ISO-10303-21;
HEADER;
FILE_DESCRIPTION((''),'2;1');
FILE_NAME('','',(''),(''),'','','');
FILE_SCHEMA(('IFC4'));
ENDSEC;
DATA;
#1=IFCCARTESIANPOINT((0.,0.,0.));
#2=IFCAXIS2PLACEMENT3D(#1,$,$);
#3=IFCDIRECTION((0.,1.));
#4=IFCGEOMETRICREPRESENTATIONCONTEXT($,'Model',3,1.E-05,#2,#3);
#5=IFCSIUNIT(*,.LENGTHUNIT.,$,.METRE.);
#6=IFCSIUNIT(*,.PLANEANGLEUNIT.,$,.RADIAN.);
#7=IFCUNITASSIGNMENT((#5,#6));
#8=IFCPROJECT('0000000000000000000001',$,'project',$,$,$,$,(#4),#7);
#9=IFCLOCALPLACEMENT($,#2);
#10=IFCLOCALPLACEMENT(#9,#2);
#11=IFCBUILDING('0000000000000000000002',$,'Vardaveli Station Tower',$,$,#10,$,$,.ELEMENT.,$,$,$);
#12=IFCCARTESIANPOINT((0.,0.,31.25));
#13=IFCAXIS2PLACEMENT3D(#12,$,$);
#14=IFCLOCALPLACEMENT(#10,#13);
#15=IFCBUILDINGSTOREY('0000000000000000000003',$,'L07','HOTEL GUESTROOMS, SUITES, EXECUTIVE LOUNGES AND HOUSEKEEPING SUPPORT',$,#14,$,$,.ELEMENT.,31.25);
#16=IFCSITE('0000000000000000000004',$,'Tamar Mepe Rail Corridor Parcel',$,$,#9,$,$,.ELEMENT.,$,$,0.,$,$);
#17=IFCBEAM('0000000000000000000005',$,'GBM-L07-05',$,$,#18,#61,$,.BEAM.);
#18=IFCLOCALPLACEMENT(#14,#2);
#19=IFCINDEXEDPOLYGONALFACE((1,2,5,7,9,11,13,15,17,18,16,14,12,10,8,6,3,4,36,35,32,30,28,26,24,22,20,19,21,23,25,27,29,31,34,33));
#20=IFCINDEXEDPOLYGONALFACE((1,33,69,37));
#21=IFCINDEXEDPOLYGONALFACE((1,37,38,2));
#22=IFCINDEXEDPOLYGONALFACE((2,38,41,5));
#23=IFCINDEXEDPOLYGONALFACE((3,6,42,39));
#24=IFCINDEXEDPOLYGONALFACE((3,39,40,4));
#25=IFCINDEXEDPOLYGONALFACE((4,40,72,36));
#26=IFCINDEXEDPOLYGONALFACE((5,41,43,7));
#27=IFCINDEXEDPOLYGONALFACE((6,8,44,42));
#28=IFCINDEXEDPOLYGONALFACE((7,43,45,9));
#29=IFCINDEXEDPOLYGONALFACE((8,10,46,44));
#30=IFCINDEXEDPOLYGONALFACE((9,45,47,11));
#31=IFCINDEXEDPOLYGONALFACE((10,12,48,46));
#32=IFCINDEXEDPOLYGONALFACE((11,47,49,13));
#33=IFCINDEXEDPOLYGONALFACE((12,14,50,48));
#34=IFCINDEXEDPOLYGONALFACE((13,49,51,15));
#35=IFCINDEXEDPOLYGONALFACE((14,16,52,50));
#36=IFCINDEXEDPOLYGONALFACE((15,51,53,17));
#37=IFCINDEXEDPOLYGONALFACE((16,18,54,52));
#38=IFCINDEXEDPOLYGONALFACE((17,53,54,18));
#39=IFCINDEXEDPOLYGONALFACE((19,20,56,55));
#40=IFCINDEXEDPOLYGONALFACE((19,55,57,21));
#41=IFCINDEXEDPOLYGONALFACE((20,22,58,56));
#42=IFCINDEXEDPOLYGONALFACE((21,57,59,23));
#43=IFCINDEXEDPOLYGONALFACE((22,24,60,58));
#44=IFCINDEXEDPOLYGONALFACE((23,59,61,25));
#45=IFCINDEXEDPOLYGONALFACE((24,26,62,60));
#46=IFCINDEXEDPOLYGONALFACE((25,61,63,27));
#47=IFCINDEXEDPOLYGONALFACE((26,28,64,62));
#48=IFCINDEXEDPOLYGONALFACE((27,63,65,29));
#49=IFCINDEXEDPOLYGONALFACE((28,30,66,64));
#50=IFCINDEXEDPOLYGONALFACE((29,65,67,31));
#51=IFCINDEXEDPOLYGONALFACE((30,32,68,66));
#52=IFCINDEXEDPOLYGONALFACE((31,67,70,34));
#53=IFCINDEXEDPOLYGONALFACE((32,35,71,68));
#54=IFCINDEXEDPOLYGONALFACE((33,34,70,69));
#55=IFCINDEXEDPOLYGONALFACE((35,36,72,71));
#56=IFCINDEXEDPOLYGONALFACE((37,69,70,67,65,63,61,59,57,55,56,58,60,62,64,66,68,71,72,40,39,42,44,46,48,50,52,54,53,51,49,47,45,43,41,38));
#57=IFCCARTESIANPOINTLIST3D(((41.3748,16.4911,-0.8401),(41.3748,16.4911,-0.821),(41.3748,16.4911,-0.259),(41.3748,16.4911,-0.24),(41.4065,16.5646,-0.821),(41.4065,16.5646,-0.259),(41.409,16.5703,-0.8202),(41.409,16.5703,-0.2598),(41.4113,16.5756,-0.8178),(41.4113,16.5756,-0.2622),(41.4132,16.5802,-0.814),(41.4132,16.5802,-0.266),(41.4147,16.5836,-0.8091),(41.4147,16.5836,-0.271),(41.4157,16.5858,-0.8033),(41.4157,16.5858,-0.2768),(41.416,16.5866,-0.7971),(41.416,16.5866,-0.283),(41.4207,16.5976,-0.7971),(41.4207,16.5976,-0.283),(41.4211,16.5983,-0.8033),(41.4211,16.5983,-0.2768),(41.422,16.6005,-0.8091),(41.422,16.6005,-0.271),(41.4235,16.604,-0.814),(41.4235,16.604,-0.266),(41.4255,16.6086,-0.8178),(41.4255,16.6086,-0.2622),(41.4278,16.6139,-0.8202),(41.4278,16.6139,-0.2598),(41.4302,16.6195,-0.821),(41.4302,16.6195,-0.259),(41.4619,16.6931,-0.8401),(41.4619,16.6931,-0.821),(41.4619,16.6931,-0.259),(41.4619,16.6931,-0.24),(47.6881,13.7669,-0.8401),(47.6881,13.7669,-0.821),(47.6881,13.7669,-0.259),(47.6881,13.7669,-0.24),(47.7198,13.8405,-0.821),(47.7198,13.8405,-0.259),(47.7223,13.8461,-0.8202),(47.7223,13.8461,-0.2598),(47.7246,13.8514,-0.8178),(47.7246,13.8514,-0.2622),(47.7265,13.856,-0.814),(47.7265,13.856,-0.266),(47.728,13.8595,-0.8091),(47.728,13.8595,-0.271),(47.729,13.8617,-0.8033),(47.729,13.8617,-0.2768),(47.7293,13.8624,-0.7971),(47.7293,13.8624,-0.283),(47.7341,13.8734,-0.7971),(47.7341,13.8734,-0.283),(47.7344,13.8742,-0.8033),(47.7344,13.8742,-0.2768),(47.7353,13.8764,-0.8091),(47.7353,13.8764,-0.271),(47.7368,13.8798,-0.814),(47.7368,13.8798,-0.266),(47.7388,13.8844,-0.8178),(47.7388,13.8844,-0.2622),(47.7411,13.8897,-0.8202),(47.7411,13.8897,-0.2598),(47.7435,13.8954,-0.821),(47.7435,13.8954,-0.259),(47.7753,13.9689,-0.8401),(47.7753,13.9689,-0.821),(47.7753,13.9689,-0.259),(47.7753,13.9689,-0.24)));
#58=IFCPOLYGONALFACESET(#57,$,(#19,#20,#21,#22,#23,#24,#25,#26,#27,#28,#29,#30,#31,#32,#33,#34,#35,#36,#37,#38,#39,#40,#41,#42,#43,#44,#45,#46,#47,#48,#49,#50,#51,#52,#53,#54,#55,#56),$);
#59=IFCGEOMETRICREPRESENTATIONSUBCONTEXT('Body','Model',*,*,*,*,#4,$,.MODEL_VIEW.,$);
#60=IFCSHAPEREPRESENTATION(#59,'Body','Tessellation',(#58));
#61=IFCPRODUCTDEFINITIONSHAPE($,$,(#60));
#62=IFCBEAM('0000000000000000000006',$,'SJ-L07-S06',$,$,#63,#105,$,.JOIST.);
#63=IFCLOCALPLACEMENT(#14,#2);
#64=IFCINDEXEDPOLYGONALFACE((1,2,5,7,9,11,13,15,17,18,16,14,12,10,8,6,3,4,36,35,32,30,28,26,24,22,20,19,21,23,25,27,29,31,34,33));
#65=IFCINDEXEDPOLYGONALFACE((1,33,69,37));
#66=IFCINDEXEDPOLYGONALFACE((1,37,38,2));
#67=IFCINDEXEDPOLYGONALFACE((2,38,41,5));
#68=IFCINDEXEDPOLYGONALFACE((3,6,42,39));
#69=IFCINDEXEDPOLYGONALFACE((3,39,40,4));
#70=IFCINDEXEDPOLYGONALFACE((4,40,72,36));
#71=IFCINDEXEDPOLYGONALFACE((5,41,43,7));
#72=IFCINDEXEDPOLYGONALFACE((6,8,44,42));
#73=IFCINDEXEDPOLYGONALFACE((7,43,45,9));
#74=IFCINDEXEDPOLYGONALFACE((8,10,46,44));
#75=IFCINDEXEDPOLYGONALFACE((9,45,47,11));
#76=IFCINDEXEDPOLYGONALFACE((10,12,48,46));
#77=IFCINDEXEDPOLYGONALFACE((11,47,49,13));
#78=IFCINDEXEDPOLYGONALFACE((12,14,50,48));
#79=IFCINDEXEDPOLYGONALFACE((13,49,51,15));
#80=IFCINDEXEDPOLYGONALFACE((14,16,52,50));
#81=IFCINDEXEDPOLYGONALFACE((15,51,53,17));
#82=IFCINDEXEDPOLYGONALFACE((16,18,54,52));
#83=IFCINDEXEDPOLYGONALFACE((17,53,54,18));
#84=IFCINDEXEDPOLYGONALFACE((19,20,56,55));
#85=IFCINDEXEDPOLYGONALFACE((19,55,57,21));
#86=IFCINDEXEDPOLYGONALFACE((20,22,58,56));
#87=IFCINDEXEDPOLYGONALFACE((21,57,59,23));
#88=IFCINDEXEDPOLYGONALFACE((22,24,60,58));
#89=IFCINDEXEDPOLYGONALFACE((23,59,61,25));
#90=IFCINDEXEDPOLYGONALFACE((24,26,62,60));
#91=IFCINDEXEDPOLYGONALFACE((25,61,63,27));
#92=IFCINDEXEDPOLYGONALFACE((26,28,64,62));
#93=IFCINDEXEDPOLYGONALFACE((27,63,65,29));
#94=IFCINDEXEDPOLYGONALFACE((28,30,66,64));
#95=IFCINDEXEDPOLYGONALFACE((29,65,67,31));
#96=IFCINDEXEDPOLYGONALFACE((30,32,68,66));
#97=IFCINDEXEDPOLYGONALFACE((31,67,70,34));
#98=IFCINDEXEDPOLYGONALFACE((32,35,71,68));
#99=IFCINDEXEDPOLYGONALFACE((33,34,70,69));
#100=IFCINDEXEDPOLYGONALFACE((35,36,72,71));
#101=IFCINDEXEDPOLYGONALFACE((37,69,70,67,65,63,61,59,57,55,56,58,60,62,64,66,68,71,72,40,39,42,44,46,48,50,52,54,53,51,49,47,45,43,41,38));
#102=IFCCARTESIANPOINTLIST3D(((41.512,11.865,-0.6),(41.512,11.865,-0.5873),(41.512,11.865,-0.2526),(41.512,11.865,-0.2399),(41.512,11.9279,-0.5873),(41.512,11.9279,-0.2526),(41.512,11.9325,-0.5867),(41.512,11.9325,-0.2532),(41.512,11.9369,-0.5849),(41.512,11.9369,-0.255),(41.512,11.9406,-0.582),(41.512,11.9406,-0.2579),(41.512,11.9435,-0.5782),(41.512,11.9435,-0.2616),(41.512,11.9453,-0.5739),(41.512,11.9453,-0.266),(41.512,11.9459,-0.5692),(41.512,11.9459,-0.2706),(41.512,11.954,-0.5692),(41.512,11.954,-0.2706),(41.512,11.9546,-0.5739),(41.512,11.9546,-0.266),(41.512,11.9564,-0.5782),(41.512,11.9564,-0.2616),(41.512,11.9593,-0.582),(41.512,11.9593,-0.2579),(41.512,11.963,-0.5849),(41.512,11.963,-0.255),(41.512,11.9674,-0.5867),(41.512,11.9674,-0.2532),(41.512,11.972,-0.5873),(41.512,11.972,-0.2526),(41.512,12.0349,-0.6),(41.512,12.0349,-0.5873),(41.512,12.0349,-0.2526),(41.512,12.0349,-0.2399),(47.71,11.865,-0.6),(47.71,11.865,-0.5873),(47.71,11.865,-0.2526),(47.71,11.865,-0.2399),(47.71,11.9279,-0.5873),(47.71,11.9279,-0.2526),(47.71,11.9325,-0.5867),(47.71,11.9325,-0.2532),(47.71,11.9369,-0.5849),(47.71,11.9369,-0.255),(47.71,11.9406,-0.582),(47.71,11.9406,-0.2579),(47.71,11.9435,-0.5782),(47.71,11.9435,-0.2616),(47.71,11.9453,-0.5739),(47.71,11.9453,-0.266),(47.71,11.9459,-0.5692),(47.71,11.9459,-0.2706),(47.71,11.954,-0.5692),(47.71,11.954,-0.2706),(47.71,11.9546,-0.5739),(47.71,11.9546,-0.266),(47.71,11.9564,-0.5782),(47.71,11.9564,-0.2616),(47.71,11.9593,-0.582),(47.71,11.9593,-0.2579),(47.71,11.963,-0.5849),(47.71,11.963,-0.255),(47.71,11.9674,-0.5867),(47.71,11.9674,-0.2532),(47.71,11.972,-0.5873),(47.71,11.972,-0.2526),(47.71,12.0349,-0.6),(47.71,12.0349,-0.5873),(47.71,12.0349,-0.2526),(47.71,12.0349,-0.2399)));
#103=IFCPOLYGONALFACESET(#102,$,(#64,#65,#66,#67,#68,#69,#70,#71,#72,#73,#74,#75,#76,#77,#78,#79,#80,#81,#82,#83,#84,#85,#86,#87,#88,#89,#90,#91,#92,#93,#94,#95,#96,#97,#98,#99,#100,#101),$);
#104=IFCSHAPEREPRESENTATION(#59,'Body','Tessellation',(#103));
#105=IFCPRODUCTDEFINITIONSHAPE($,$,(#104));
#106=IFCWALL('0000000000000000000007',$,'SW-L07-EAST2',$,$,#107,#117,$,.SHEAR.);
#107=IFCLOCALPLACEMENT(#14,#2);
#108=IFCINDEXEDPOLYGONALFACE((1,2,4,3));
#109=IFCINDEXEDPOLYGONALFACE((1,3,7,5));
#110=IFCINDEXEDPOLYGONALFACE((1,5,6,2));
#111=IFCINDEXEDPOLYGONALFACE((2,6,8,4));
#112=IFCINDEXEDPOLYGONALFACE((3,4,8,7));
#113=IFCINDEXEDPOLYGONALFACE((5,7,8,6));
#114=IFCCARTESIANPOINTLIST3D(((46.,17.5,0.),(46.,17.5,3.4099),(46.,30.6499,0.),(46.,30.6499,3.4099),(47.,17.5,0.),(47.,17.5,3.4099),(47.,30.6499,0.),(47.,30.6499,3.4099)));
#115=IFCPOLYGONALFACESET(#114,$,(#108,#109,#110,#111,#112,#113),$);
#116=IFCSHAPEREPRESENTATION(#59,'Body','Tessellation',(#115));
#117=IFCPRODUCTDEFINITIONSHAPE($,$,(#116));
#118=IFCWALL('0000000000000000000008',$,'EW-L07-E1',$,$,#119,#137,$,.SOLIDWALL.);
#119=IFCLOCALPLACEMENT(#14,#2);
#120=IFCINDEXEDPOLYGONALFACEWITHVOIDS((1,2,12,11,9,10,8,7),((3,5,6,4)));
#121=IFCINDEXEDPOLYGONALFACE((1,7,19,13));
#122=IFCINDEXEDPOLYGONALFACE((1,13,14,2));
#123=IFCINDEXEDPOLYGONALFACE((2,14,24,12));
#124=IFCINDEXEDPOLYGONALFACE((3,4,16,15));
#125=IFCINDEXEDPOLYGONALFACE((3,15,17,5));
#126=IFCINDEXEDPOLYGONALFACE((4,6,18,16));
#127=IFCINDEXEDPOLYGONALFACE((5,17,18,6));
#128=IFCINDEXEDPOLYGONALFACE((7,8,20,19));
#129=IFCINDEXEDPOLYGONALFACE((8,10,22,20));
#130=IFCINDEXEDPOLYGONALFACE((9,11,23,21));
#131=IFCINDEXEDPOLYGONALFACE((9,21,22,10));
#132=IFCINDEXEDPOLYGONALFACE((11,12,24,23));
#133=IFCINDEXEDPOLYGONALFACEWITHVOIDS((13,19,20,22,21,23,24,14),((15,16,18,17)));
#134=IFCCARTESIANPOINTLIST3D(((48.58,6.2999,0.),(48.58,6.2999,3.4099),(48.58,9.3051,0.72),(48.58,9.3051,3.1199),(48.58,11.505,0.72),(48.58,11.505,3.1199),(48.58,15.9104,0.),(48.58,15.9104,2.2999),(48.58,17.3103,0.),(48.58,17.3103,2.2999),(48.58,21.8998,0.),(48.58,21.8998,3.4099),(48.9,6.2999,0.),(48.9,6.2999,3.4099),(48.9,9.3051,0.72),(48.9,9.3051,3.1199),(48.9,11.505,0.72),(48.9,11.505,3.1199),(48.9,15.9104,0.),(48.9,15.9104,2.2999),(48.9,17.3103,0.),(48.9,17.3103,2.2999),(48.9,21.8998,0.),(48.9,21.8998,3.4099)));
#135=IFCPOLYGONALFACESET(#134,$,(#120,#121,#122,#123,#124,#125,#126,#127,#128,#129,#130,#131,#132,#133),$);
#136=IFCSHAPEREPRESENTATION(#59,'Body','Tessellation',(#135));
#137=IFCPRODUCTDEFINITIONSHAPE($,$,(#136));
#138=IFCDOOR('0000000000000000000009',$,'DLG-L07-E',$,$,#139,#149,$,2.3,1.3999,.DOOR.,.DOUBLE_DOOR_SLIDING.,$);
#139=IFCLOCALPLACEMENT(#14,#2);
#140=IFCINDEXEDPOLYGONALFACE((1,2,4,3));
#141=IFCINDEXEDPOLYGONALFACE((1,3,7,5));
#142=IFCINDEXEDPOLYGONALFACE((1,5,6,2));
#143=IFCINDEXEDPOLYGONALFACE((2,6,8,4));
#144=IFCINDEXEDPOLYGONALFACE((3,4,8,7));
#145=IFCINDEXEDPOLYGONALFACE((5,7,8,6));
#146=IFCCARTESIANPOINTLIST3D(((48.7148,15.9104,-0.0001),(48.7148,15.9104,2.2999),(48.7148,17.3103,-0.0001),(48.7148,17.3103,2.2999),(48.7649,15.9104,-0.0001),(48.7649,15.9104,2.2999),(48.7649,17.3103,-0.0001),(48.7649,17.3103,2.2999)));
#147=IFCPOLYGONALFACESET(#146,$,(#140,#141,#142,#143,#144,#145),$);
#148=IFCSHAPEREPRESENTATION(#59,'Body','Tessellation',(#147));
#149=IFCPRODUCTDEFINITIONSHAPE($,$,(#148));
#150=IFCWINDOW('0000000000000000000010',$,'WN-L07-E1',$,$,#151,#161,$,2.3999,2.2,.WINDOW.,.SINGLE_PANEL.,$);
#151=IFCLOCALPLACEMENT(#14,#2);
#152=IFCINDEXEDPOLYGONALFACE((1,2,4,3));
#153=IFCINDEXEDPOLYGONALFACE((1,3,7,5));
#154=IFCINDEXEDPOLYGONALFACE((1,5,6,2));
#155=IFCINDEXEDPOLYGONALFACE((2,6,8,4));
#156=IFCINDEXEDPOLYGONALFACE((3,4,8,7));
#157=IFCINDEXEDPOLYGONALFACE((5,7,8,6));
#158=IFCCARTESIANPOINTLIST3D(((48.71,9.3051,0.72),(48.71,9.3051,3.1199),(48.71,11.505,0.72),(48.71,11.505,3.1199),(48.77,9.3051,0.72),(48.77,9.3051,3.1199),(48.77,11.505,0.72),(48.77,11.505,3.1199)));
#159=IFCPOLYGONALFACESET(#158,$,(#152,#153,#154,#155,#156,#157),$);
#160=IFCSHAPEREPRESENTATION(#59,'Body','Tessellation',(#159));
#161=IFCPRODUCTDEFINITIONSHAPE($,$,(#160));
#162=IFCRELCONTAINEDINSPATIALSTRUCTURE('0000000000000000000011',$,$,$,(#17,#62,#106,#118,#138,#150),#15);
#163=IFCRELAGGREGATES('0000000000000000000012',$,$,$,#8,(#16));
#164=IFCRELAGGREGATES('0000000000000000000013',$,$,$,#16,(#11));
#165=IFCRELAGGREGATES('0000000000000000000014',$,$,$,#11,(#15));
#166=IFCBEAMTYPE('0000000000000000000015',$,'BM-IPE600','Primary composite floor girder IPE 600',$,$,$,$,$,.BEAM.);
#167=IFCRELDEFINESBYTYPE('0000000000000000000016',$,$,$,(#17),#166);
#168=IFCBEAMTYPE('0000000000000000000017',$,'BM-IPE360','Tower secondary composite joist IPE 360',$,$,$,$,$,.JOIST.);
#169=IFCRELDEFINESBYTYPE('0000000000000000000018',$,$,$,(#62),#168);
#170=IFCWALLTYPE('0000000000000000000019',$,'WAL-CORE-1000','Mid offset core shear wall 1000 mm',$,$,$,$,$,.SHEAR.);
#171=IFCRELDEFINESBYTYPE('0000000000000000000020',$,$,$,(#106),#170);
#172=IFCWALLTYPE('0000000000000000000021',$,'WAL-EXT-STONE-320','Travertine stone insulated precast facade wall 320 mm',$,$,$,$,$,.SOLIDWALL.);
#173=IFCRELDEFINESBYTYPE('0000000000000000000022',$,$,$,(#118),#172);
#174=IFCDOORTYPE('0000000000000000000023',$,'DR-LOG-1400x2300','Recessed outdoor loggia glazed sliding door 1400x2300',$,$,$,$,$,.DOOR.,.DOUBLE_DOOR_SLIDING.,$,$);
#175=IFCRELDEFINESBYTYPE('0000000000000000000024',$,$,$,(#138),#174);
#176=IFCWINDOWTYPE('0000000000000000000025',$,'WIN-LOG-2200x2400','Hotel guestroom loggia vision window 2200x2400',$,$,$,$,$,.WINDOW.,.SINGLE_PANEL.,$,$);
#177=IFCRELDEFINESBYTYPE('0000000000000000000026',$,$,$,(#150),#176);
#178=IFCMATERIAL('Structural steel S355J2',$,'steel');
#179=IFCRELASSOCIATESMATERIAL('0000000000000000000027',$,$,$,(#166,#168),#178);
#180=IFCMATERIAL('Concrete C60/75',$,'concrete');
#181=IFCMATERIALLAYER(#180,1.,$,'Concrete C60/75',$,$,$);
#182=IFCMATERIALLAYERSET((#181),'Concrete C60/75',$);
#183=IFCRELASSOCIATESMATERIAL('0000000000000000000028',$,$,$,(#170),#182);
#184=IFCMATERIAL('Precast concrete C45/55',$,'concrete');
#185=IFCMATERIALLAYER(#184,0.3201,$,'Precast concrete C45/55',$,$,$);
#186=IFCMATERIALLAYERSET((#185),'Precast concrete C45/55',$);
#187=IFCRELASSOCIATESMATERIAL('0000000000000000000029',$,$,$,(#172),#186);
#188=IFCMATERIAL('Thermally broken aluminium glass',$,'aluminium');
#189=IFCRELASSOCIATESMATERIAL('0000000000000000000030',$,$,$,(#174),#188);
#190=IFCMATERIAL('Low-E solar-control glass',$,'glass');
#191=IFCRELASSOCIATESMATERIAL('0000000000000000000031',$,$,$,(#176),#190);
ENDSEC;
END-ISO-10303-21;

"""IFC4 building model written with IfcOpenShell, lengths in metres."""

from ifc_helpers import new_model, si_unit, direction, frame, frame_2d, origin, origin_2d, place, context, subcontext, project, spatial, rectangle, i_section, extrude, source, transform, mapped, material, layer, layer_set, material_profile, profile_set, type_object, element, fill, save


model = new_model("IFC4")

# Units and contexts
model_context = context("Model", 3, precision=1e-05, world=origin(), true_north=direction((0.0, 1.0)))
body_context = subcontext(model_context, "Body", "Model", "MODEL_VIEW")
ifc_project = project(units=[si_unit("LENGTHUNIT", "METRE"), si_unit("PLANEANGLEUNIT", "RADIAN")], contexts=[model_context])

# Site, building, storey
site_placement = place(None, origin())
site = spatial("IfcSite", under=ifc_project, at=site_placement, Name="Tamar Mepe Rail Corridor Parcel", CompositionType="ELEMENT", RefElevation=0.0)
building_placement = place(site_placement, origin())
building = spatial("IfcBuilding", under=site, at=building_placement, Name="Vardaveli Station Tower", CompositionType="ELEMENT")
storey_placement = place(building_placement, frame((0.0, 0.0, 31.25)))
storey = spatial("IfcBuildingStorey", under=building, at=storey_placement, Name="L07", Description="HOTEL GUESTROOMS, SUITES, EXECUTIVE LOUNGES AND HOUSEKEEPING SUPPORT", CompositionType="ELEMENT", Elevation=31.25)

# Beams
ifc_material_1 = material(Name="Precast concrete C45/55", Category="concrete")
ifc_material_2 = material(Name="Structural steel S355J2", Category="steel")
ifc_material_profile_1 = material_profile(ifc_material_2, i_section(OverallWidth=0.22, OverallDepth=0.6001, WebThickness=0.012, FlangeThickness=0.019, FilletRadius=0.0239, at=origin_2d()), Name="IPE 600")
ifc_profile_set_1 = profile_set([ifc_material_profile_1], Name="Structural steel S355J2")
beam_type_1 = type_object("IfcBeamType", Name="BM-IPE600", Description="Primary composite floor girder IPE 600", PredefinedType="BEAM", material=ifc_profile_set_1)
shared_shape_1 = source(origin(), body_context, "Body", "SweptSolid", [
    extrude(i_section(OverallWidth=0.22, OverallDepth=0.6001, WebThickness=0.012, FlangeThickness=0.019, FilletRadius=0.0239, at=origin_2d()), origin(), (0.0, 0.0, 1.0), 6.876),
])
beam_1_placement = place(storey_placement, frame((47.7317, 13.8679, -0.54), z_axis=(-0.918171, 0.396185, 0.0), x_axis=(-0.396185, -0.918171, 0.0)))
element("IfcBeam", 1, at=beam_1_placement, inside=storey, type_object=beam_type_1, Name="GBM-L07-05", PredefinedType="BEAM", context=body_context, shape_type="MappedRepresentation", body=[
    mapped(shared_shape_1, transform((0.0, 0.0, 0.0), scale=1.0)),
])
ifc_material_profile_2 = material_profile(ifc_material_2, i_section(OverallWidth=0.1699, OverallDepth=0.3601, WebThickness=0.0081, FlangeThickness=0.0127, FilletRadius=0.0181, at=origin_2d()), Name="IPE 360")
ifc_profile_set_2 = profile_set([ifc_material_profile_2], Name="Structural steel S355J2")
beam_type_2 = type_object("IfcBeamType", Name="BM-IPE360", Description="Tower secondary composite joist IPE 360", PredefinedType="JOIST", material=ifc_profile_set_2)
shared_shape_2 = source(origin(), body_context, "Body", "SweptSolid", [
    extrude(i_section(OverallWidth=0.1699, OverallDepth=0.3601, WebThickness=0.0081, FlangeThickness=0.0127, FilletRadius=0.0181, at=origin_2d()), origin(), (0.0, 0.0, 1.0), 6.198),
])
beam_2_placement = place(storey_placement, frame((41.512, 11.95, -0.4199), z_axis=(1.0, 0.0, 0.0), x_axis=(0.0, 1.0, 0.0)))
element("IfcBeam", 2, at=beam_2_placement, inside=storey, type_object=beam_type_2, Name="SJ-L07-S06", PredefinedType="JOIST", context=body_context, shape_type="MappedRepresentation", body=[
    mapped(shared_shape_2, transform((0.0, 0.0, 0.0), scale=1.0)),
])

# Wall
ifc_material_3 = material(Name="Concrete C60/75", Category="concrete")
ifc_layer_1 = layer(ifc_material_3, 1.0, Name="Concrete C60/75")
ifc_layer_set_1 = layer_set([ifc_layer_1], Name="Concrete C60/75")
wall_type_1 = type_object("IfcWallType", Name="WAL-CORE-1000", Description="Mid offset core shear wall 1000 mm", PredefinedType="SHEAR", material=ifc_layer_set_1)
shared_shape_3 = source(origin(), body_context, "Body", "SweptSolid", [
    extrude(rectangle(XDim=13.1499, YDim=1.0, at=frame_2d((6.575, 0.0))), origin(), (0.0, 0.0, 1.0), 3.4099),
])
wall_1_placement = place(storey_placement, frame((46.5, 17.5, 0.0), z_axis=(0.0, 0.0, 1.0), x_axis=(0.0, 1.0, 0.0)))
element("IfcWall", 3, at=wall_1_placement, inside=storey, type_object=wall_type_1, Name="SW-L07-EAST2", PredefinedType="SHEAR", context=body_context, shape_type="MappedRepresentation", body=[
    mapped(shared_shape_3, transform((0.0, 0.0, 0.0), scale=1.0)),
])

# Wall, openings, door, window
ifc_layer_2 = layer(ifc_material_1, 0.3201, Name="Precast concrete C45/55")
ifc_layer_set_2 = layer_set([ifc_layer_2], Name="Precast concrete C45/55")
wall_type_2 = type_object("IfcWallType", Name="WAL-EXT-STONE-320", Description="Travertine stone insulated precast facade wall 320 mm", PredefinedType="SOLIDWALL", material=ifc_layer_set_2)
shared_shape_4 = source(origin(), body_context, "Body", "SweptSolid", [
    extrude(rectangle(XDim=15.5999, YDim=0.3201, at=frame_2d((7.7998, 0.0))), origin(), (0.0, 0.0, 1.0), 3.4099),
])
wall_2_placement = place(storey_placement, frame((48.74, 6.3, 0.0), z_axis=(0.0, 0.0, 1.0), x_axis=(0.0, 1.0, 0.0)))
wall_2 = element("IfcWall", 4, at=wall_2_placement, inside=storey, type_object=wall_type_2, Name="EW-L07-E1", PredefinedType="SOLIDWALL", context=body_context, shape_type="MappedRepresentation", body=[
    mapped(shared_shape_4, transform((0.0, 0.0, 0.0), scale=1.0)),
])
shared_shape_5 = source(origin(), body_context, "Body", "SweptSolid", [
    extrude(rectangle(XDim=1.3999, YDim=2.3, at=frame_2d((0.7, 1.1499))), frame((0.0, 0.1699, 0.0), z_axis=(0.0, -1.0, 0.0), x_axis=(1.0, 0.0, 0.0)), (0.0, 0.0, 1.0), 0.3401),
])
opening_1_placement = place(wall_2_placement, frame((9.6104, 0.0, 0.0)))
opening_1 = element("IfcOpeningElement", 5, at=opening_1_placement, cuts=wall_2, PredefinedType="OPENING", context=body_context, shape_type="MappedRepresentation", body=[
    mapped(shared_shape_5, transform((0.0, 0.0, 0.0), scale=1.0)),
])
shared_shape_6 = source(origin(), body_context, "Body", "SweptSolid", [
    extrude(rectangle(XDim=2.2, YDim=2.3999, at=frame_2d((1.1001, 1.2))), frame((0.0, 0.1699, 0.0), z_axis=(0.0, -1.0, 0.0), x_axis=(1.0, 0.0, 0.0)), (0.0, 0.0, 1.0), 0.3401),
])
opening_2_placement = place(wall_2_placement, frame((3.0049, 0.0, 0.72)))
opening_2 = element("IfcOpeningElement", 6, at=opening_2_placement, cuts=wall_2, PredefinedType="OPENING", context=body_context, shape_type="MappedRepresentation", body=[
    mapped(shared_shape_6, transform((0.0, 0.0, 0.0), scale=1.0)),
])
ifc_material_4 = material(Name="Thermally broken aluminium glass", Category="aluminium")
door_type_1 = type_object("IfcDoorType", Name="DR-LOG-1400x2300", Description="Recessed outdoor loggia glazed sliding door 1400x2300", OperationType="DOUBLE_DOOR_SLIDING", PredefinedType="DOOR", material=ifc_material_4)
shared_shape_7 = source(origin(), body_context, "Body", "SweptSolid", [
    extrude(rectangle(XDim=1.3999, YDim=2.3, at=frame_2d((0.7, 1.1499))), frame((0.0, 0.0249, 0.0), z_axis=(0.0, -1.0, 0.0), x_axis=(1.0, 0.0, 0.0)), (0.0, 0.0, 1.0), 0.05),
])
door_1_placement = place(opening_1_placement, frame((1.3999, 0.0, 0.0), z_axis=(0.0, 0.0, 1.0), x_axis=(-1.0, 0.0, 0.0)))
door_1 = element("IfcDoor", 7, at=door_1_placement, inside=storey, type_object=door_type_1, Name="DLG-L07-E", OperationType="DOUBLE_DOOR_SLIDING", OverallHeight=2.3, OverallWidth=1.3999, PredefinedType="DOOR", context=body_context, shape_type="MappedRepresentation", body=[
    mapped(shared_shape_7, transform((0.0, 0.0, 0.0), scale=1.0)),
])
fill(opening_1, door_1)
ifc_material_5 = material(Name="Low-E solar-control glass", Category="glass")
window_type = type_object("IfcWindowType", Name="WIN-LOG-2200x2400", Description="Hotel guestroom loggia vision window 2200x2400", PartitioningType="SINGLE_PANEL", PredefinedType="WINDOW", material=ifc_material_5)
shared_shape_8 = source(origin(), body_context, "Body", "SweptSolid", [
    extrude(rectangle(XDim=2.2, YDim=2.3999, at=frame_2d((1.1001, 1.2))), frame((0.0, 0.03, 0.0), z_axis=(0.0, -1.0, 0.0), x_axis=(1.0, 0.0, 0.0)), (0.0, 0.0, 1.0), 0.0601),
])
window_placement = place(opening_2_placement, origin())
window = element("IfcWindow", 8, at=window_placement, inside=storey, type_object=window_type, Name="WN-L07-E1", OverallHeight=2.3999, OverallWidth=2.2, PartitioningType="SINGLE_PANEL", PredefinedType="WINDOW", context=body_context, shape_type="MappedRepresentation", body=[
    mapped(shared_shape_8, transform((0.0, 0.0, 0.0), scale=1.0)),
])
fill(opening_2, window)

save(model, "model.ifc")
